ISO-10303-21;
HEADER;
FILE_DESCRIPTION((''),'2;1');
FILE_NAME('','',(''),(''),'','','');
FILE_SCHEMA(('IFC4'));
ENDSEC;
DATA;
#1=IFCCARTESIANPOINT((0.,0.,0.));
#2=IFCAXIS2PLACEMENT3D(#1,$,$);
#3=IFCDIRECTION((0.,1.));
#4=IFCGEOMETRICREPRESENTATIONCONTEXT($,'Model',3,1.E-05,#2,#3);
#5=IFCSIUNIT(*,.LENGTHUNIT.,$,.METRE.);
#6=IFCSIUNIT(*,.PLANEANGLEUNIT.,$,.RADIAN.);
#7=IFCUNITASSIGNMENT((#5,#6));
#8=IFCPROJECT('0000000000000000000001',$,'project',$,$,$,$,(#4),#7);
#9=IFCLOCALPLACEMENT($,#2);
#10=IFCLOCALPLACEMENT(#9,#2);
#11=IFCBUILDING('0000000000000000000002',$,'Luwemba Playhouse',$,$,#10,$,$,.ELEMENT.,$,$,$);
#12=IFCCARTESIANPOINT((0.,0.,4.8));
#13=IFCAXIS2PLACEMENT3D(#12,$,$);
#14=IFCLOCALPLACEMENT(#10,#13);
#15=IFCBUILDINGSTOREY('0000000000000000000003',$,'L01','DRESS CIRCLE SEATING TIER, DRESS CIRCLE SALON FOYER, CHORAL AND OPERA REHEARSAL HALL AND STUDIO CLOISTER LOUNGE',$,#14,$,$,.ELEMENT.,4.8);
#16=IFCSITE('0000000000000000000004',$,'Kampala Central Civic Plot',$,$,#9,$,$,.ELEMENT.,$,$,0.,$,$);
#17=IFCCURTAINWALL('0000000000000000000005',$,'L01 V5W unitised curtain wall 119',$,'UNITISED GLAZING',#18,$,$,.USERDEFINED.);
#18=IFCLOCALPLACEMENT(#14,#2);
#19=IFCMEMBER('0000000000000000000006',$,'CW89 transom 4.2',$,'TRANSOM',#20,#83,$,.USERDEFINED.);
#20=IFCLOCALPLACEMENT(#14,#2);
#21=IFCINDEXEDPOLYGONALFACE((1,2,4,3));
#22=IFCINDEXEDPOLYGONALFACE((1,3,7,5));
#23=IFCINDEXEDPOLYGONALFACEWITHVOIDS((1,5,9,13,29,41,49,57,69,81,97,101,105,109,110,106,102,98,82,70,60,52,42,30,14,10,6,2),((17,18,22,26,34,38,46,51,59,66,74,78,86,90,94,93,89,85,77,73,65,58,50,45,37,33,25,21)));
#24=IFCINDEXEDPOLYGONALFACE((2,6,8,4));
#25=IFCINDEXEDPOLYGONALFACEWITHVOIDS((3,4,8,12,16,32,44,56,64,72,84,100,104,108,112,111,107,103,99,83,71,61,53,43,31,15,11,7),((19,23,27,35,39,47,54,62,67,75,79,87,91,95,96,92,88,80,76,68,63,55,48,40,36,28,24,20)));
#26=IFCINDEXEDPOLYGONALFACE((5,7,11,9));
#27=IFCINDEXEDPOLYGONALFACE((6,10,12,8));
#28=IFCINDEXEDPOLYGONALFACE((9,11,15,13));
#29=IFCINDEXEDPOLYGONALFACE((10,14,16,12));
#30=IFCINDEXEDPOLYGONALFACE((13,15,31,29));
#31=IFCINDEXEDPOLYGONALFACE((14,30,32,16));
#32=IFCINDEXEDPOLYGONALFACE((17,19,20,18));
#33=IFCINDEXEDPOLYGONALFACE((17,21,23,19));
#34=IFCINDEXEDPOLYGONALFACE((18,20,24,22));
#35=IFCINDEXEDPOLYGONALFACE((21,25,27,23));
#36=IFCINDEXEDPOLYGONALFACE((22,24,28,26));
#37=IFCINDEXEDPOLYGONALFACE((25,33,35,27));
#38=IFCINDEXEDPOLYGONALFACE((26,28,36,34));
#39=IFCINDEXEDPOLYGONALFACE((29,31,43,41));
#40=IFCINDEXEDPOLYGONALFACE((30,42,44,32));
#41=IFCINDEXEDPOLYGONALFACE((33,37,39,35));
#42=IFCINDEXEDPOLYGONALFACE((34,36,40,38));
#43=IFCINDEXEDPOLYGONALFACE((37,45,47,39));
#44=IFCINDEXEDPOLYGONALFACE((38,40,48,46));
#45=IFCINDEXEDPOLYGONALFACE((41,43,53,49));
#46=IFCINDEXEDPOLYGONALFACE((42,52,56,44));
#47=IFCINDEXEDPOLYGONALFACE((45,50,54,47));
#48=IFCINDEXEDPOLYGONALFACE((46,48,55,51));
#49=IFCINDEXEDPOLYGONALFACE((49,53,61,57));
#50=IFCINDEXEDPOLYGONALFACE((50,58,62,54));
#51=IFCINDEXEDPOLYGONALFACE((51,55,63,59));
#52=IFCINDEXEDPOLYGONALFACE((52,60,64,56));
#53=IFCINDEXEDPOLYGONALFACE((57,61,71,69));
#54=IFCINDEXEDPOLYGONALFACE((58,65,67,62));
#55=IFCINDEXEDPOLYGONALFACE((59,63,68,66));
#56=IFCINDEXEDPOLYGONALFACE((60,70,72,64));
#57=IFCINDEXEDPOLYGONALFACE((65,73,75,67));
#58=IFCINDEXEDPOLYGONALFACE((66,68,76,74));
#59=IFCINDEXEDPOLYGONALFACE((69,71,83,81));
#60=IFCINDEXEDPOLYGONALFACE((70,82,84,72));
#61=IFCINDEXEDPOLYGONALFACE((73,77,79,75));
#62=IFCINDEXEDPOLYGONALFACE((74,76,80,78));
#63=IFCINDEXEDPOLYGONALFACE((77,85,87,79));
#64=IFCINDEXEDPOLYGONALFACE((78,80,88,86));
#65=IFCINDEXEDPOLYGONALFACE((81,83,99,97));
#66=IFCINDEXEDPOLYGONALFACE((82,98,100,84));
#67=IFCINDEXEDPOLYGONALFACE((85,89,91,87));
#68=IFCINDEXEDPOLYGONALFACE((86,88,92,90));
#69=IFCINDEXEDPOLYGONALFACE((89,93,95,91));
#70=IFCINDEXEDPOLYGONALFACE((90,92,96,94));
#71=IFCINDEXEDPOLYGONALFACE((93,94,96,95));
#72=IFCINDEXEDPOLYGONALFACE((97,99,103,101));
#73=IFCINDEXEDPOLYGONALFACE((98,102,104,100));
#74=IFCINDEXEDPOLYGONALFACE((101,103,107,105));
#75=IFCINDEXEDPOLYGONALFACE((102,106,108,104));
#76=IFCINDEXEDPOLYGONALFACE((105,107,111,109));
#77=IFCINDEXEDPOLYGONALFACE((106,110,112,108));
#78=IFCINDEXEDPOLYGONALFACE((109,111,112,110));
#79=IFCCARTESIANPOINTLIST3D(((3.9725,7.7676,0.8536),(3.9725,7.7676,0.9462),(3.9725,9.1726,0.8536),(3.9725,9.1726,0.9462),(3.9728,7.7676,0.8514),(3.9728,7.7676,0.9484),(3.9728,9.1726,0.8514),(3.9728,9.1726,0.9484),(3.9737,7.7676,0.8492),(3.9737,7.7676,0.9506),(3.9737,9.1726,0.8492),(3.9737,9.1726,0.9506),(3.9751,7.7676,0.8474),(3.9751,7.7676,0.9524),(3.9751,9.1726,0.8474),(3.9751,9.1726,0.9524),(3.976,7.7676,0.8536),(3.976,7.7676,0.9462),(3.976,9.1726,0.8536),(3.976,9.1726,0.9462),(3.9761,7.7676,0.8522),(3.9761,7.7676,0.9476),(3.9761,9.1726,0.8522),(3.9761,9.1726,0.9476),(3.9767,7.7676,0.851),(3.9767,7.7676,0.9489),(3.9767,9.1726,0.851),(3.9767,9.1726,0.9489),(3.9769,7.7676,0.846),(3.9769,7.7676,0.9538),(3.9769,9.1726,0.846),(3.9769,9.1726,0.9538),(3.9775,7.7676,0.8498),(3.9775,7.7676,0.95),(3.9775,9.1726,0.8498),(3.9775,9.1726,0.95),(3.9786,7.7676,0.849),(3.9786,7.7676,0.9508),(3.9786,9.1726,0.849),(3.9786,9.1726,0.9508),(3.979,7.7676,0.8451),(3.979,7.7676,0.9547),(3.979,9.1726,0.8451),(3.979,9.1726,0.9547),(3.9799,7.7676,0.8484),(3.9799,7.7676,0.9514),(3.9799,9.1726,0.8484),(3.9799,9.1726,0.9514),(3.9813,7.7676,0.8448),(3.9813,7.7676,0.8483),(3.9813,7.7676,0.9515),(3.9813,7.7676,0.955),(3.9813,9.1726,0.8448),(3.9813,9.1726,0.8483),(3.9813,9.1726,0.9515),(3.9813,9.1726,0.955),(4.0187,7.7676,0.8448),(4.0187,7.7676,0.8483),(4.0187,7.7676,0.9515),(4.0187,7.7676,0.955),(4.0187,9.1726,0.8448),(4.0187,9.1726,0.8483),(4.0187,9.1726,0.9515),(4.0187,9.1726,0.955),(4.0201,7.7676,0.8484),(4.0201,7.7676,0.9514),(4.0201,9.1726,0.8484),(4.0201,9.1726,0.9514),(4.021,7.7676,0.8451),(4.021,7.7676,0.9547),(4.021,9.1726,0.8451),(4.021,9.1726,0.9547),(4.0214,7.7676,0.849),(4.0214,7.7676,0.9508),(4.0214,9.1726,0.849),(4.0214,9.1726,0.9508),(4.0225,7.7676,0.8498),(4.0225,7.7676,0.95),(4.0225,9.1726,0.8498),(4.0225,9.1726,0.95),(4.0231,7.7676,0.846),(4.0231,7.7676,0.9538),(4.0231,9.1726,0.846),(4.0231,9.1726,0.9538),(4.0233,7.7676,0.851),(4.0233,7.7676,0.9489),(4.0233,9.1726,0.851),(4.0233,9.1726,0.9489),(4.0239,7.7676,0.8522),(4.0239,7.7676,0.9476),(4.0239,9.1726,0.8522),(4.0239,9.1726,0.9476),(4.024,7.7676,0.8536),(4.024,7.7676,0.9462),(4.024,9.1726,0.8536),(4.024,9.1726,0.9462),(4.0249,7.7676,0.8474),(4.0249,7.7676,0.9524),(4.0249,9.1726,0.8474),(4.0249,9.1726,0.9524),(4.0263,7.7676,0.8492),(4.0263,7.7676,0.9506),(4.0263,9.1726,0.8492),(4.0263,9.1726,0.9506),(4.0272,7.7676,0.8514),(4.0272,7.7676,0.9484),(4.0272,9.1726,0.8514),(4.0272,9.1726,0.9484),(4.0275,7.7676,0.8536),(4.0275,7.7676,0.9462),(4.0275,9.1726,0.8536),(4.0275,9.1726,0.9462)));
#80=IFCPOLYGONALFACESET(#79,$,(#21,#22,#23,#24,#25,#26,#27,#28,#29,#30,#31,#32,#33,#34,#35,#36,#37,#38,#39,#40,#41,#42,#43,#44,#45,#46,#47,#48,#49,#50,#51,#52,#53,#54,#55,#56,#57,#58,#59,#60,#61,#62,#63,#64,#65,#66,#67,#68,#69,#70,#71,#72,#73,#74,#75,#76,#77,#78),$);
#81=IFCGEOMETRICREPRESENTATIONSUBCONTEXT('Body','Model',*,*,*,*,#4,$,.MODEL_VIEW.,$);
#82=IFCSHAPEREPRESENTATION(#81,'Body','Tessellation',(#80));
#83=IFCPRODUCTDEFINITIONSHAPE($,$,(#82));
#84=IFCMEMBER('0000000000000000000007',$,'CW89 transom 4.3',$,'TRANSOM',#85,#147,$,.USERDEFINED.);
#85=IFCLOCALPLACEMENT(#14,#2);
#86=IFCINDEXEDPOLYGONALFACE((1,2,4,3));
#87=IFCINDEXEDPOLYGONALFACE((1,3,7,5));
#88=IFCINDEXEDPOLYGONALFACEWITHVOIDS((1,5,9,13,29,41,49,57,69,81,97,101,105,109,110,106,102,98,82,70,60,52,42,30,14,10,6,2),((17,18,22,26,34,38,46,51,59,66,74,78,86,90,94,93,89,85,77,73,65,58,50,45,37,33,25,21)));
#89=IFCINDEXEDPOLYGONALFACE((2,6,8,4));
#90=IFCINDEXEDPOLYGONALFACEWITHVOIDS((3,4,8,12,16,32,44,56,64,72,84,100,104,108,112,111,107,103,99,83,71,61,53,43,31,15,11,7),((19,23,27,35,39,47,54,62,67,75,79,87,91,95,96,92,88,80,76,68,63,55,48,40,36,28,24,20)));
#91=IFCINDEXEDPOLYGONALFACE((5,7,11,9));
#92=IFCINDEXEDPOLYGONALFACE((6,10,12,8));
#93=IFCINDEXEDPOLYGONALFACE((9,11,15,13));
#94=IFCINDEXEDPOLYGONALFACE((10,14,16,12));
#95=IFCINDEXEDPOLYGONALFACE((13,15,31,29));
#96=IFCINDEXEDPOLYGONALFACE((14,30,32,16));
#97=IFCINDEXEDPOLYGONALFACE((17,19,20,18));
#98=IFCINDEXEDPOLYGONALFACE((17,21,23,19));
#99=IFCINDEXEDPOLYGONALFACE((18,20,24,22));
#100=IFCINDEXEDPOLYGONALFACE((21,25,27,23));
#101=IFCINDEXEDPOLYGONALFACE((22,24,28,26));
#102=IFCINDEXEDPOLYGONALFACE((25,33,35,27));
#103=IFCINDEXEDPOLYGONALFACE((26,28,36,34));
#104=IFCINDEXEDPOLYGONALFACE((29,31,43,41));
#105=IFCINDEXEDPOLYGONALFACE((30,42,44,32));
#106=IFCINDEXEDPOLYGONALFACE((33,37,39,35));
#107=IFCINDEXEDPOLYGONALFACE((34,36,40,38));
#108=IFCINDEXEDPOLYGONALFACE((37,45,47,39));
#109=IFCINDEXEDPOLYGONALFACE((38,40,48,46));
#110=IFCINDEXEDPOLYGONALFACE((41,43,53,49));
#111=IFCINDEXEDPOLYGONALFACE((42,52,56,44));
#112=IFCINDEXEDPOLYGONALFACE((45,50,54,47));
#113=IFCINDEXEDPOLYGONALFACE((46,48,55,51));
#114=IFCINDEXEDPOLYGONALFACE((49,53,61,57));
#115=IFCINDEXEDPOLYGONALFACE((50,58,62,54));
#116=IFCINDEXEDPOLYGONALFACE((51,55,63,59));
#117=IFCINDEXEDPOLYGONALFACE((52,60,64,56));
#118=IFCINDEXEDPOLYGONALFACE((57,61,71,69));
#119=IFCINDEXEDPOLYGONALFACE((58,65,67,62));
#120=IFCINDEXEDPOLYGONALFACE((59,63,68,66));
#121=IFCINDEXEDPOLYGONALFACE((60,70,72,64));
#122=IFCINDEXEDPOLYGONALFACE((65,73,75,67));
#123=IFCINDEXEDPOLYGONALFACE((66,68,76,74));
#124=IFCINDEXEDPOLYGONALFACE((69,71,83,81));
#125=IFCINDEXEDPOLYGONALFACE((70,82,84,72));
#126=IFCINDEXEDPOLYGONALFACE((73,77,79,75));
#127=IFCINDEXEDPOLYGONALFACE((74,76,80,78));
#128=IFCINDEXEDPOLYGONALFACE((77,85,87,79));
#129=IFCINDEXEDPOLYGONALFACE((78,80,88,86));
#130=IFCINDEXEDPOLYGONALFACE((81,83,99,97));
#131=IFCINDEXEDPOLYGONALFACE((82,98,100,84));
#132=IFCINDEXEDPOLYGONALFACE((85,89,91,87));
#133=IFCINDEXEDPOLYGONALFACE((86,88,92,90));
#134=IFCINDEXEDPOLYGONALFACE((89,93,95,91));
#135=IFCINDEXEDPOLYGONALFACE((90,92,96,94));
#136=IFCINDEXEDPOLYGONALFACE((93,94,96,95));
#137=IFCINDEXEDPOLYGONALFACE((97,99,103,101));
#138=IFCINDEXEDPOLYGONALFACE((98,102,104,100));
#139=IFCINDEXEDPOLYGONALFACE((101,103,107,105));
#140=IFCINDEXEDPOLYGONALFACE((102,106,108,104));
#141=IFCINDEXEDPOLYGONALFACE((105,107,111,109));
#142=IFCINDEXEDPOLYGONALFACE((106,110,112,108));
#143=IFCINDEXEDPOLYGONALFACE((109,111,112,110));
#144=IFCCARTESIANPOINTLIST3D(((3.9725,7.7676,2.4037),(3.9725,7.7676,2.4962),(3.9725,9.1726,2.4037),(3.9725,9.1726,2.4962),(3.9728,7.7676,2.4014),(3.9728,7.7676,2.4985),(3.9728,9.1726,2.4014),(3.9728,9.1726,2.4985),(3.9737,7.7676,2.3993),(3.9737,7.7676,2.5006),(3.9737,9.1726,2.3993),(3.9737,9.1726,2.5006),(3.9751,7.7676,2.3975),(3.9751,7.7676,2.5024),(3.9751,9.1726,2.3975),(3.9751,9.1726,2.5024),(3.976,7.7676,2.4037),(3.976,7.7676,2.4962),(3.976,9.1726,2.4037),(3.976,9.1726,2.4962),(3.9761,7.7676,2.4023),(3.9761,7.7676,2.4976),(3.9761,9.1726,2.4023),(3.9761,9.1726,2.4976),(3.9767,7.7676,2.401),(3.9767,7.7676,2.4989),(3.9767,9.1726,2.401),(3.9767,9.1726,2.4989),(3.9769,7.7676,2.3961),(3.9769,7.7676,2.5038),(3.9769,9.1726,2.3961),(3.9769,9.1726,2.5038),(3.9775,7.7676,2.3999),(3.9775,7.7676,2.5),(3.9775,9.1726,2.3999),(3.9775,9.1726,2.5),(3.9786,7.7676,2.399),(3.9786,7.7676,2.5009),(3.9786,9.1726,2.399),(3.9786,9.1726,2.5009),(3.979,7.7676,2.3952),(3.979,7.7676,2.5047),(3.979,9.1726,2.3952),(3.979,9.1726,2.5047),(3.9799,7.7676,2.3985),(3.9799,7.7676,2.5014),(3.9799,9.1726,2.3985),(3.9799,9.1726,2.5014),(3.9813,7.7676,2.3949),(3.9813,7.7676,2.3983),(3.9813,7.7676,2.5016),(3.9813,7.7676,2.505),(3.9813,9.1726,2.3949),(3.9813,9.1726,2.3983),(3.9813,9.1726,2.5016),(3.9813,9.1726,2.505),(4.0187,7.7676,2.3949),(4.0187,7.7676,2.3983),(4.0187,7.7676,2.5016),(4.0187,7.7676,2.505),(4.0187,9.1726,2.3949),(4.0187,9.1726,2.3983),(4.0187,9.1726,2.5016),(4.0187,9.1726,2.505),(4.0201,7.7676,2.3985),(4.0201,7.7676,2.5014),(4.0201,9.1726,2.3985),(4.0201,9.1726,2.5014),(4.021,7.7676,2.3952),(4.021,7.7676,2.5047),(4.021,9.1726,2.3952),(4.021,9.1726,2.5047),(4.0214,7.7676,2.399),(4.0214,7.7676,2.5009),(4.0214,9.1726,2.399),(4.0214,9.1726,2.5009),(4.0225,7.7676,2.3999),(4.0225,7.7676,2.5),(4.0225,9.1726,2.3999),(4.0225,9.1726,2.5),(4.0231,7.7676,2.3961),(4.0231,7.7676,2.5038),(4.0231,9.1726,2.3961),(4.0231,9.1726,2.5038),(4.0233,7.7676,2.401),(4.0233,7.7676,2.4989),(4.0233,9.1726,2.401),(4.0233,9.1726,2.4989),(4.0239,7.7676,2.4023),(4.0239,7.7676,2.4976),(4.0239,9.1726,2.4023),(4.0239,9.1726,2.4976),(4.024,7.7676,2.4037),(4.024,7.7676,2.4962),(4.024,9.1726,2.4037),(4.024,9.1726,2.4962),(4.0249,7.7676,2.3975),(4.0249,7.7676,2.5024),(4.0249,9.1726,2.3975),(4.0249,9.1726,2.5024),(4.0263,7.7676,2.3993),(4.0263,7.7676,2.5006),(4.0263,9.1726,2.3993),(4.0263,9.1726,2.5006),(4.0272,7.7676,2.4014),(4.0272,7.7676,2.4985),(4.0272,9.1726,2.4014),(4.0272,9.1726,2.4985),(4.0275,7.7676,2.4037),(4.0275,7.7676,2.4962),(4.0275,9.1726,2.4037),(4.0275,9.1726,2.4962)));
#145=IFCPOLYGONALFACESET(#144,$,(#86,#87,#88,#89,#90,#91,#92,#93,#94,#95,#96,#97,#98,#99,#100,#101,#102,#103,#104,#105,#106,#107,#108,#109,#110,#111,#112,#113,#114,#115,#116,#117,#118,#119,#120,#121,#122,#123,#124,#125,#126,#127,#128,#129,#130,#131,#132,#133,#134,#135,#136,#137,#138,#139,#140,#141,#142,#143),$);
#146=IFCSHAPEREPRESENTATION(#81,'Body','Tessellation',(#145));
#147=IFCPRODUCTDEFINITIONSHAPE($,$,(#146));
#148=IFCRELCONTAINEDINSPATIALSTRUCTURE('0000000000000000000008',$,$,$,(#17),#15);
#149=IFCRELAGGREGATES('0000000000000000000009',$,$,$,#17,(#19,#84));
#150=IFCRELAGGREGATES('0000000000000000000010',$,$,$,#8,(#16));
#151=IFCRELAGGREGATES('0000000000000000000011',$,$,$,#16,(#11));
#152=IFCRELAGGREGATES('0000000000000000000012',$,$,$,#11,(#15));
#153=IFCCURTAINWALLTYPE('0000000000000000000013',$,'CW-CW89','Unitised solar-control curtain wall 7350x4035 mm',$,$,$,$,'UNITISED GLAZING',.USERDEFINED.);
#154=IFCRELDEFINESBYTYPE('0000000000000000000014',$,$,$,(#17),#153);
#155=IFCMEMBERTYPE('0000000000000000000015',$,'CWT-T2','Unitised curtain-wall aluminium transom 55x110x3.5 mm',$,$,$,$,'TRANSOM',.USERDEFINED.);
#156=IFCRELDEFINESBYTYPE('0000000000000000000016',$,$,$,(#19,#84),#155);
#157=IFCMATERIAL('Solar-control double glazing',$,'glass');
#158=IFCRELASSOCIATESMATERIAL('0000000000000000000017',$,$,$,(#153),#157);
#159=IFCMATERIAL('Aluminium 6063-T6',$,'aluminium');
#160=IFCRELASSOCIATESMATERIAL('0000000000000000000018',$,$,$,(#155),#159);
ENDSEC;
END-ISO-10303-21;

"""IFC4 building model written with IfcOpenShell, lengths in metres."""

from ifc_helpers import new_model, si_unit, direction, frame, origin, origin_2d, place, context, subcontext, project, spatial, hollow_rectangle, extrude, material, material_profile, profile_set, type_object, element, aggregate, save


model = new_model("IFC4")

# Units and contexts
model_context = context("Model", 3, precision=1e-05, world=origin(), true_north=direction((0.0, 1.0)))
body_context = subcontext(model_context, "Body", "Model", "MODEL_VIEW")
ifc_project = project(units=[si_unit("LENGTHUNIT", "METRE"), si_unit("PLANEANGLEUNIT", "RADIAN")], contexts=[model_context])

# Site, building, storey
site_placement = place(None, origin())
site = spatial("IfcSite", under=ifc_project, at=site_placement, Name="Kampala Central Civic Plot", CompositionType="ELEMENT", RefElevation=0.0)
building_placement = place(site_placement, origin())
building = spatial("IfcBuilding", under=site, at=building_placement, Name="Luwemba Playhouse", CompositionType="ELEMENT")
storey_placement = place(building_placement, frame((0.0, 0.0, 4.8)))
storey = spatial("IfcBuildingStorey", under=building, at=storey_placement, Name="L01", Description="DRESS CIRCLE SEATING TIER, DRESS CIRCLE SALON FOYER, CHORAL AND OPERA REHEARSAL HALL AND STUDIO CLOISTER LOUNGE", CompositionType="ELEMENT", Elevation=4.8)

# Curtain wall, members
ifc_material_1 = material(Name="Solar-control double glazing", Category="glass")
curtain_wall_type = type_object("IfcCurtainWallType", Name="CW-CW89", Description="Unitised solar-control curtain wall 7350x4035 mm", ElementType="UNITISED GLAZING", PredefinedType="USERDEFINED", material=ifc_material_1)
curtain_wall_placement = place(storey_placement, origin())
curtain_wall = element("IfcCurtainWall", 1, at=curtain_wall_placement, inside=storey, type_object=curtain_wall_type, Name="L01 V5W unitised curtain wall 119", ObjectType="UNITISED GLAZING", PredefinedType="USERDEFINED")
ifc_material_2 = material(Name="Aluminium 6063-T6", Category="aluminium")
ifc_material_profile_1 = material_profile(ifc_material_2, hollow_rectangle(XDim=0.0549, YDim=0.1101, WallThickness=0.0034, InnerFilletRadius=0.0054, OuterFilletRadius=0.0088, at=origin_2d()))
ifc_profile_set_1 = profile_set([ifc_material_profile_1], Name="Aluminium 6063-T6")
member_type_1 = type_object("IfcMemberType", Name="CWT-T2", Description="Unitised curtain-wall aluminium transom 55x110x3.5 mm", ElementType="TRANSOM", PredefinedType="USERDEFINED", material=ifc_profile_set_1)
member_1_placement = place(storey_placement, frame((4.0, 7.7676, 0.8999), z_axis=(0.0, 1.0, 0.0), x_axis=(-1.0, 0.0, 0.0)))
member_1 = element("IfcMember", 2, at=member_1_placement, type_object=member_type_1, Name="CW89 transom 4.2", ObjectType="TRANSOM", PredefinedType="USERDEFINED", context=body_context, shape_type="SweptSolid", body=[
    extrude(hollow_rectangle(XDim=0.0549, YDim=0.1101, WallThickness=0.0034, InnerFilletRadius=0.0054, OuterFilletRadius=0.0088, at=origin_2d()), origin(), (0.0, 0.0, 1.0), 1.405),
])
member_2_placement = place(storey_placement, frame((4.0, 7.7676, 2.45), z_axis=(0.0, 1.0, 0.0), x_axis=(-1.0, 0.0, 0.0)))
member_2 = element("IfcMember", 3, at=member_2_placement, type_object=member_type_1, Name="CW89 transom 4.3", ObjectType="TRANSOM", PredefinedType="USERDEFINED", context=body_context, shape_type="SweptSolid", body=[
    extrude(hollow_rectangle(XDim=0.0549, YDim=0.1101, WallThickness=0.0034, InnerFilletRadius=0.0054, OuterFilletRadius=0.0088, at=origin_2d()), origin(), (0.0, 0.0, 1.0), 1.405),
])
aggregate(curtain_wall, [member_1, member_2])

save(model, "model.ifc")
